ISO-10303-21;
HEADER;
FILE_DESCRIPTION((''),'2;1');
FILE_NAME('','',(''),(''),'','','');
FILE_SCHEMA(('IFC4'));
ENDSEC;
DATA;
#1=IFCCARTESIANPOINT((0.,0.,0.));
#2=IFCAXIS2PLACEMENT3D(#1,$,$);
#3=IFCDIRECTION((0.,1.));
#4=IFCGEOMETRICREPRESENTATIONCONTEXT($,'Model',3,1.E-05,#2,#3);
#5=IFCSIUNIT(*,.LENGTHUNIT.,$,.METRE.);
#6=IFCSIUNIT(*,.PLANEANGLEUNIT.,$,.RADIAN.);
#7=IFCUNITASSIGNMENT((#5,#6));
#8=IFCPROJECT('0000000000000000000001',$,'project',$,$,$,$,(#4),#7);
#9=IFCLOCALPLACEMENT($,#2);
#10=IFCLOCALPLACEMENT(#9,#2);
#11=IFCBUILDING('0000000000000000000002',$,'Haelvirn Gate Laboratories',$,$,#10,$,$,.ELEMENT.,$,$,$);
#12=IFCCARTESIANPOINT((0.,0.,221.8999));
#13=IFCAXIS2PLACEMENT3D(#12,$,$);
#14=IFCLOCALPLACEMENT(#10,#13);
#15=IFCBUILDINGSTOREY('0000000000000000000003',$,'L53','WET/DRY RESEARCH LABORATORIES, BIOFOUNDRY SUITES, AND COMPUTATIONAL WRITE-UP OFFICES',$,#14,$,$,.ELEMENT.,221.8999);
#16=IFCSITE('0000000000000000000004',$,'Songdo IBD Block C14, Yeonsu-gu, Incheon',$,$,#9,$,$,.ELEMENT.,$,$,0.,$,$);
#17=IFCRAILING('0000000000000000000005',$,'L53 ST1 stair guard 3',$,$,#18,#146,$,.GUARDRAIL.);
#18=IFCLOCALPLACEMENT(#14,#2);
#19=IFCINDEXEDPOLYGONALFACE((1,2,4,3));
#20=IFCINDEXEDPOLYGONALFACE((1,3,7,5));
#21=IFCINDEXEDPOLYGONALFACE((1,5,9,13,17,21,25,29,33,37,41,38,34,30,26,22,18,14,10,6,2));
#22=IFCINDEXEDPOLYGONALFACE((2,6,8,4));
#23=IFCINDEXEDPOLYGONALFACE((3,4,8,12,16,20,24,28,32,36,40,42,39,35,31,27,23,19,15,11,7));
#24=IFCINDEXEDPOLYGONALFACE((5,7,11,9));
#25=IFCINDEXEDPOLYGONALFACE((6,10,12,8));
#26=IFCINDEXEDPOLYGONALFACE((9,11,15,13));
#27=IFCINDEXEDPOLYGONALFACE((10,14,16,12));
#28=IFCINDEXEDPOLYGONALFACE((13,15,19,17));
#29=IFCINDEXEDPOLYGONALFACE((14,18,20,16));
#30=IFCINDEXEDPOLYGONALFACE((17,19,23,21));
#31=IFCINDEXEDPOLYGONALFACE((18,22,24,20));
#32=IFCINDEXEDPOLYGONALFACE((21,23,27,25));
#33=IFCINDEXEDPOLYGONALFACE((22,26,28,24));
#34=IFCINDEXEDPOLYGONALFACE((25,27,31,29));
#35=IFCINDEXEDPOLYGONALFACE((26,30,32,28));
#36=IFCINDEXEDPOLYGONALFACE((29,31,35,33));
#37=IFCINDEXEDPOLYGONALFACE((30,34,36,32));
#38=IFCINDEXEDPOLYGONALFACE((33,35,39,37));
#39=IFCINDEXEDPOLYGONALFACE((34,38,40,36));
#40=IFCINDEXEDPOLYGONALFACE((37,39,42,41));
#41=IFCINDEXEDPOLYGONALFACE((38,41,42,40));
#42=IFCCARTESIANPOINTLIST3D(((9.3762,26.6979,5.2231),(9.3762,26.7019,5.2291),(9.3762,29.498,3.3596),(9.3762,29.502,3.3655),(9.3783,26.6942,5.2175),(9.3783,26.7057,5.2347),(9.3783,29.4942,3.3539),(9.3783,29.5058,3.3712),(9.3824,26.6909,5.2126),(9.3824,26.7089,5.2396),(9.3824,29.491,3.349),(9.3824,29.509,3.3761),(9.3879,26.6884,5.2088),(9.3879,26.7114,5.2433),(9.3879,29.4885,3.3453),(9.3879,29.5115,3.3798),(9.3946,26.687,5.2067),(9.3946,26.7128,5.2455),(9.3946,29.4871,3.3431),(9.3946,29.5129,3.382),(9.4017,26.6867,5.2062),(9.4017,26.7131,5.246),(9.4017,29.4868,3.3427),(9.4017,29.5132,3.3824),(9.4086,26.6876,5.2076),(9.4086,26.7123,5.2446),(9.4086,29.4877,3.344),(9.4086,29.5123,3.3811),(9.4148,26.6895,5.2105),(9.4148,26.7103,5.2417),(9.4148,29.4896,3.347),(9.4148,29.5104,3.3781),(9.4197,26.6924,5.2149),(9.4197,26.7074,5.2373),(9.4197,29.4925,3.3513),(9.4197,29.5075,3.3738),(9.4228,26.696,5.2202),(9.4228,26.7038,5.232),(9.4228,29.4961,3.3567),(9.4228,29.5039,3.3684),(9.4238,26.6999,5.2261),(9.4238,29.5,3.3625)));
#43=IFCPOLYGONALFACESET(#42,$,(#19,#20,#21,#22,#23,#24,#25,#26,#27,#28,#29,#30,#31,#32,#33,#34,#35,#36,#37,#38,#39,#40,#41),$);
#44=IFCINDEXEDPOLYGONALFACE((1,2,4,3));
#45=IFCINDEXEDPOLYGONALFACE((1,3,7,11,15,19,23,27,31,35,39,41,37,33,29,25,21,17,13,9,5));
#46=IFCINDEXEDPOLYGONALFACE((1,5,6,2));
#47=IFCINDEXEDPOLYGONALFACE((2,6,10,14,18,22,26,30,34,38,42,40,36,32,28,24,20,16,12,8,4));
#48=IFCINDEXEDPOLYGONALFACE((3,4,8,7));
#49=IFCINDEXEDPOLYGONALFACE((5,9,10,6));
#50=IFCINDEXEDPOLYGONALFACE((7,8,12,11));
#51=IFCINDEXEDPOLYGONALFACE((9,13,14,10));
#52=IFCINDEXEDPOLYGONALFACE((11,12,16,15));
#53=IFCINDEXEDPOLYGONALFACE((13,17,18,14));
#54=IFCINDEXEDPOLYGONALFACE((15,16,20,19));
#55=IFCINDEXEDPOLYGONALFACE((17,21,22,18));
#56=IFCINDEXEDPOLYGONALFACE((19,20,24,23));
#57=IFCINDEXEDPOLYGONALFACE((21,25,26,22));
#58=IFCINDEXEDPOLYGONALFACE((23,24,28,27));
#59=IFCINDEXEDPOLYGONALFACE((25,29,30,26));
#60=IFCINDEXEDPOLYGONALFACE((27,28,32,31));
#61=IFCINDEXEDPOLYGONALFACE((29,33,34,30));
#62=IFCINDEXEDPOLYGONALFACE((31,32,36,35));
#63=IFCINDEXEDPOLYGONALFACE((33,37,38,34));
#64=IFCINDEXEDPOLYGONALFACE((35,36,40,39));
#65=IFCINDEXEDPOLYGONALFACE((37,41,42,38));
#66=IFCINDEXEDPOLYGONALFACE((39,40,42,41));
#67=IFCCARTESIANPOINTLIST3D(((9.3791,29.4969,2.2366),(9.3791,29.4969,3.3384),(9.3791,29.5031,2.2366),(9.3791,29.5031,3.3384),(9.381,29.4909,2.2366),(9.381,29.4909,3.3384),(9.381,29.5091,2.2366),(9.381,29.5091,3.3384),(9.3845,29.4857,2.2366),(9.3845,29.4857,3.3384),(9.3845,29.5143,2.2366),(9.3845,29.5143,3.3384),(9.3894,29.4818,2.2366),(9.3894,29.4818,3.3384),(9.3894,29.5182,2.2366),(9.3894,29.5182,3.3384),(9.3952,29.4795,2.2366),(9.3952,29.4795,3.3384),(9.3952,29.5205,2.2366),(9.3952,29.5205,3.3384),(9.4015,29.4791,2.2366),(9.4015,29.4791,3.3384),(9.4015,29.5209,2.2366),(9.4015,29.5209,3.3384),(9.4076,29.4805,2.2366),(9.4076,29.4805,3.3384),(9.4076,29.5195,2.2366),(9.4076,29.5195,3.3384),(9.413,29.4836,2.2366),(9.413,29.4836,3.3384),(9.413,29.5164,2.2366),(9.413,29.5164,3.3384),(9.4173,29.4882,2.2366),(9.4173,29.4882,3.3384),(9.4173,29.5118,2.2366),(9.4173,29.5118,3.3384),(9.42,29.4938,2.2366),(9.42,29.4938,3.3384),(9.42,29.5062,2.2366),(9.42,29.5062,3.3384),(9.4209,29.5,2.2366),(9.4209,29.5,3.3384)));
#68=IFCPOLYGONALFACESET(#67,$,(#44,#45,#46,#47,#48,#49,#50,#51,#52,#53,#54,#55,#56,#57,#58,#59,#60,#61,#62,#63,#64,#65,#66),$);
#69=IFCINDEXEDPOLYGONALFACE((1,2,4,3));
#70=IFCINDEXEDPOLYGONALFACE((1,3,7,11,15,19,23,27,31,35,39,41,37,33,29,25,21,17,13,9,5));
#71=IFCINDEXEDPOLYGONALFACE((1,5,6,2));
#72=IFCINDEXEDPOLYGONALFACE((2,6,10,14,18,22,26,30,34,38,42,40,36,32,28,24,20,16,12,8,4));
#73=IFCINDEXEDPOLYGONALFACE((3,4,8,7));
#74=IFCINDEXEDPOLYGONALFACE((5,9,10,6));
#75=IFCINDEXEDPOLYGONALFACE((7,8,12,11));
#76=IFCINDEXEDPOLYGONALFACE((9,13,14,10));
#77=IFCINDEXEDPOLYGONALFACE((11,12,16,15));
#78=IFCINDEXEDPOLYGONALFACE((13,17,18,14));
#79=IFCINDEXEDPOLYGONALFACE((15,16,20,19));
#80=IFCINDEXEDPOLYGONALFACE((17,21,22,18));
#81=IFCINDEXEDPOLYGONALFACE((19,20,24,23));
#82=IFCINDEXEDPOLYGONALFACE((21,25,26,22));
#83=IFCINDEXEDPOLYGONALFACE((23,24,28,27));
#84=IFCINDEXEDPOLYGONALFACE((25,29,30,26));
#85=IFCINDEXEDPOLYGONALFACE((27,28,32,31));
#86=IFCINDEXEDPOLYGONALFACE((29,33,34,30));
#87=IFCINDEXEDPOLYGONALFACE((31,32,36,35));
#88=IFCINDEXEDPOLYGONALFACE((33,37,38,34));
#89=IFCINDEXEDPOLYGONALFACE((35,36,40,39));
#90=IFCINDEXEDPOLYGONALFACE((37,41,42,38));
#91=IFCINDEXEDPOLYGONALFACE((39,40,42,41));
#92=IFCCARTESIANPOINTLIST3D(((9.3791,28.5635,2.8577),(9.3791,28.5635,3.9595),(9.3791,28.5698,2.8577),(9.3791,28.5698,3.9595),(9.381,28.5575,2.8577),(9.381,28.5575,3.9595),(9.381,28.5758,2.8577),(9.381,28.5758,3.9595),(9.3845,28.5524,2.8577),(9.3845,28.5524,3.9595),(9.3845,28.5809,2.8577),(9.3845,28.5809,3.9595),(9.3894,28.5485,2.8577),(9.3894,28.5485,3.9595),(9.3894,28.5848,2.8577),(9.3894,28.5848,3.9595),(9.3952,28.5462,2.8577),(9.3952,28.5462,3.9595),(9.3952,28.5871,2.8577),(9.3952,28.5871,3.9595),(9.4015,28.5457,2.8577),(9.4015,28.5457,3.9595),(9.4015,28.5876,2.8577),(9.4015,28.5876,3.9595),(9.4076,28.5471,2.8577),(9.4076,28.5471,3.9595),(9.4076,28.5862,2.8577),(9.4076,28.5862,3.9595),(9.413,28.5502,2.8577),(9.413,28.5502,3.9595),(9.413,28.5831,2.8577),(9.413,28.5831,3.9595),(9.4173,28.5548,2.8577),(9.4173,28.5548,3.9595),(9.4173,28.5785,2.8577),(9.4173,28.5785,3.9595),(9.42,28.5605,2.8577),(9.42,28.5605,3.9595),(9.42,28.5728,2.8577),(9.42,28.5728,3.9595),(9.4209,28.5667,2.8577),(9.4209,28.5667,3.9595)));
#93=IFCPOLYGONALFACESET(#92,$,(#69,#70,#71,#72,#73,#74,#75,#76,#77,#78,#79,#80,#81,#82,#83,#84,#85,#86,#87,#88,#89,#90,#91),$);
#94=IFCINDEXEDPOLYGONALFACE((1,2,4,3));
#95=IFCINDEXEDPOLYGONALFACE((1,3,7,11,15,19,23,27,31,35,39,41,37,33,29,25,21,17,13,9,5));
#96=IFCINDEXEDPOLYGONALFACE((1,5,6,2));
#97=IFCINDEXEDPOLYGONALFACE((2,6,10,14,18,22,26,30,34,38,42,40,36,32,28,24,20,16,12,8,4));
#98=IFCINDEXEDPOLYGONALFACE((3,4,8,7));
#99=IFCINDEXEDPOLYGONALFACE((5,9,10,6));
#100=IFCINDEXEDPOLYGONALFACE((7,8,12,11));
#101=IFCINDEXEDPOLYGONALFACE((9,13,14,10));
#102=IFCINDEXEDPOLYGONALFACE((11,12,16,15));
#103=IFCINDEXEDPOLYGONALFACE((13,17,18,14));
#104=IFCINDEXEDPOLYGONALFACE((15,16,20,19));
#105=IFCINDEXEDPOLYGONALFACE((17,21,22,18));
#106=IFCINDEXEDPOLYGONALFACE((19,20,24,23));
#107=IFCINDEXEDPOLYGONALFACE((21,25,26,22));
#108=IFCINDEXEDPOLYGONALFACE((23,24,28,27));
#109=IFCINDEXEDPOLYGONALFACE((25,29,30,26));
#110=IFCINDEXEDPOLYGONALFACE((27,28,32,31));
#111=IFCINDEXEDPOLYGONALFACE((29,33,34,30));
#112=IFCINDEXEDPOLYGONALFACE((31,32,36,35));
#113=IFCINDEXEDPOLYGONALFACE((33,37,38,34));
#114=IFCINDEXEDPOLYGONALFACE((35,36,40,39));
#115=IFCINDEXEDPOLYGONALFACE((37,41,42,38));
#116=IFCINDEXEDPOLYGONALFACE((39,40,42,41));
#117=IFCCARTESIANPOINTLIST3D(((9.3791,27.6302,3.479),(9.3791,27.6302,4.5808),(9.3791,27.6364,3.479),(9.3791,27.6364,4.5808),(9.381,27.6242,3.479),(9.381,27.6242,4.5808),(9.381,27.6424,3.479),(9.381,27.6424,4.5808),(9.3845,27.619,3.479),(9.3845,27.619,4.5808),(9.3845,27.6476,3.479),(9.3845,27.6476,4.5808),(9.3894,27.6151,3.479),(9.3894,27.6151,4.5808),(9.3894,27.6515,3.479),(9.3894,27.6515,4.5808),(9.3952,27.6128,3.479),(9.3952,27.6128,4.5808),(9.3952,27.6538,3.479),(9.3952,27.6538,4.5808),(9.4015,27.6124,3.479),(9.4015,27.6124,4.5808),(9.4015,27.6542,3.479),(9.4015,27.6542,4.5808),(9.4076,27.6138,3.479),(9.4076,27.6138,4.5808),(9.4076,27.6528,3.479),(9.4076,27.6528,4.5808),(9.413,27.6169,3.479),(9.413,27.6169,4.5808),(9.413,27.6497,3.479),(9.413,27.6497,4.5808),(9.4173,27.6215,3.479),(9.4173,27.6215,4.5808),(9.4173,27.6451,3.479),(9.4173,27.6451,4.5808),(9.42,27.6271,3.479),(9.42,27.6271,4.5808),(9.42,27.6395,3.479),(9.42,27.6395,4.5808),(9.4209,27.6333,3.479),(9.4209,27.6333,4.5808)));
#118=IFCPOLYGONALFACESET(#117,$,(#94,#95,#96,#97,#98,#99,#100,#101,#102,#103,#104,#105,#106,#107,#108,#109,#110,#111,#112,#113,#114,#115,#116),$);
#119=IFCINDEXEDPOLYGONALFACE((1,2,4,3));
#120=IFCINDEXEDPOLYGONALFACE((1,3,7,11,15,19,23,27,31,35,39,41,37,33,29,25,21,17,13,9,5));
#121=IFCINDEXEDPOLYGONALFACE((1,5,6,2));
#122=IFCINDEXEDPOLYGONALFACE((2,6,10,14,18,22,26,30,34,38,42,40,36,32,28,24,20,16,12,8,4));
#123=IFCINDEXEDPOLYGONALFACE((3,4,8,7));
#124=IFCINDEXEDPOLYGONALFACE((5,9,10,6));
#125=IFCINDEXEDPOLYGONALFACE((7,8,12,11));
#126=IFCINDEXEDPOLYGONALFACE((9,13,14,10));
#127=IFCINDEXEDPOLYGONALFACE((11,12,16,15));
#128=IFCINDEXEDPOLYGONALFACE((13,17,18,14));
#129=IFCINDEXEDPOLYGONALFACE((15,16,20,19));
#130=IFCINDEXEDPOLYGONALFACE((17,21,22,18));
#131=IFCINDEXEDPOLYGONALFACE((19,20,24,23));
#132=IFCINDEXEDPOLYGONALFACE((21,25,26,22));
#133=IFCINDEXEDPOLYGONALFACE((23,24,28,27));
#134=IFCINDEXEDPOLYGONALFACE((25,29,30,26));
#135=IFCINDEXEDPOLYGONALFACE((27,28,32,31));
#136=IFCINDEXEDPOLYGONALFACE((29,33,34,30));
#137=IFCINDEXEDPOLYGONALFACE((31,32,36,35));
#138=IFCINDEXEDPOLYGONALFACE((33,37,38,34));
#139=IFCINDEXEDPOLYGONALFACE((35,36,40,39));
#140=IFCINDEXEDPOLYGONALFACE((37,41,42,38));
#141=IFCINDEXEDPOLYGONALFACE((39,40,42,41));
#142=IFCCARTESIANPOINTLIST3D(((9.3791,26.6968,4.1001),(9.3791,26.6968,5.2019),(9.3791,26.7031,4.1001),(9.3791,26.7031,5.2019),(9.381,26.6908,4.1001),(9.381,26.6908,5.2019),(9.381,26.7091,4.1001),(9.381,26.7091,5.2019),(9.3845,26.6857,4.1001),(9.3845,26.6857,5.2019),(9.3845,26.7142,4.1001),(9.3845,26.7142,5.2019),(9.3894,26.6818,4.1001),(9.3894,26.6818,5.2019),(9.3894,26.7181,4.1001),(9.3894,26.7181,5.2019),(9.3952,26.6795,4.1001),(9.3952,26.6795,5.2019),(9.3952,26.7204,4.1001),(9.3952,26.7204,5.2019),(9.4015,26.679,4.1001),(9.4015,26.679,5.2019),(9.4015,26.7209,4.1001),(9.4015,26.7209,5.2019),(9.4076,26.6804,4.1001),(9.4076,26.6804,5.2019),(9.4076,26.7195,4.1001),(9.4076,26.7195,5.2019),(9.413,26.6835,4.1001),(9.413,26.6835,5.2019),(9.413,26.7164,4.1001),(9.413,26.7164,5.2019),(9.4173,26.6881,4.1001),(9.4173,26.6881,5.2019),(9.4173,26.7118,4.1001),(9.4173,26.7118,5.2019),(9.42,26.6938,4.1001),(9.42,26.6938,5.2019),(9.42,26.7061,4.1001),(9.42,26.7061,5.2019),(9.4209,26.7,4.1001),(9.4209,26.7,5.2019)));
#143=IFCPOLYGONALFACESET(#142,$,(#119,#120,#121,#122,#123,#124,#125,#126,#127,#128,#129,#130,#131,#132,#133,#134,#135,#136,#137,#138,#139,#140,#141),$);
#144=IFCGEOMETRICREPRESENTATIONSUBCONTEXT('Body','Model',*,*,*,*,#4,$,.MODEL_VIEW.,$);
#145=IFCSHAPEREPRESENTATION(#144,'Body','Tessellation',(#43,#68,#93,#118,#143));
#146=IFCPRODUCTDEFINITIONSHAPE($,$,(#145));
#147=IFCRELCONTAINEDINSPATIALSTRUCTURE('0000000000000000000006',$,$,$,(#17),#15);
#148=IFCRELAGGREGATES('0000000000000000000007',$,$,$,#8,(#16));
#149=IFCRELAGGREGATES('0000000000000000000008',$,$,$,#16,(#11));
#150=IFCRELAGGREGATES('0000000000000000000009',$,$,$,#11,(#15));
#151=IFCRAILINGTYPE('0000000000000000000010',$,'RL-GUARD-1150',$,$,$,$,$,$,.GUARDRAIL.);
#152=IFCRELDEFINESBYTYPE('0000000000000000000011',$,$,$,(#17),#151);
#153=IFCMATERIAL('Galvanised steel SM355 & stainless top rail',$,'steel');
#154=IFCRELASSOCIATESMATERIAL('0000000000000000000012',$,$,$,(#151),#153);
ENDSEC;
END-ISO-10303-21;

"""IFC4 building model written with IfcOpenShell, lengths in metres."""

from ifc_helpers import new_model, si_unit, direction, frame, origin, origin_2d, place, context, subcontext, project, spatial, circle, extrude, source, transform, mapped, material, type_object, element, save


model = new_model("IFC4")

# Units and contexts
model_context = context("Model", 3, precision=1e-05, world=origin(), true_north=direction((0.0, 1.0)))
body_context = subcontext(model_context, "Body", "Model", "MODEL_VIEW")
ifc_project = project(units=[si_unit("LENGTHUNIT", "METRE"), si_unit("PLANEANGLEUNIT", "RADIAN")], contexts=[model_context])

# Site, building, storey
site_placement = place(None, origin())
site = spatial("IfcSite", under=ifc_project, at=site_placement, Name="Songdo IBD Block C14, Yeonsu-gu, Incheon", CompositionType="ELEMENT", RefElevation=0.0)
building_placement = place(site_placement, origin())
building = spatial("IfcBuilding", under=site, at=building_placement, Name="Haelvirn Gate Laboratories", CompositionType="ELEMENT")
storey_placement = place(building_placement, frame((0.0, 0.0, 221.8999)))
storey = spatial("IfcBuildingStorey", under=building, at=storey_placement, Name="L53", Description="WET/DRY RESEARCH LABORATORIES, BIOFOUNDRY SUITES, AND COMPUTATIONAL WRITE-UP OFFICES", CompositionType="ELEMENT", Elevation=221.8999)

# Railing
ifc_material_1 = material(Name="Galvanised steel SM355 & stainless top rail", Category="steel")
railing_type_1 = type_object("IfcRailingType", Name="RL-GUARD-1150", PredefinedType="GUARDRAIL", material=ifc_material_1)
shared_shape_1 = source(origin(), body_context, "Body", "SweptSolid", [
    extrude(circle(Radius=0.0239, at=origin_2d()), frame((0.0, 0.0, 1.126), z_axis=(0.0, -0.832486, 0.554047), x_axis=(1.0, 0.0, 0.0)), (0.0, 0.0, 1.0), 3.3635),
    extrude(circle(Radius=0.021, at=origin_2d()), origin(), (0.0, 0.0, 1.0), 1.1018),
    extrude(circle(Radius=0.021, at=origin_2d()), frame((0.0, -0.9333, 0.6211)), (0.0, 0.0, 1.0), 1.1018),
    extrude(circle(Radius=0.021, at=origin_2d()), frame((0.0, -1.8667, 1.2424)), (0.0, 0.0, 1.0), 1.1018),
    extrude(circle(Radius=0.021, at=origin_2d()), frame((0.0, -2.8, 1.8635)), (0.0, 0.0, 1.0), 1.1018),
])
railing_1_placement = place(storey_placement, frame((9.3999, 29.5, 2.2366)))
element("IfcRailing", 1, at=railing_1_placement, inside=storey, type_object=railing_type_1, Name="L53 ST1 stair guard 3", PredefinedType="GUARDRAIL", context=body_context, shape_type="MappedRepresentation", body=[
    mapped(shared_shape_1, transform((0.0, 0.0, 0.0), scale=1.0)),
])

save(model, "model.ifc")
